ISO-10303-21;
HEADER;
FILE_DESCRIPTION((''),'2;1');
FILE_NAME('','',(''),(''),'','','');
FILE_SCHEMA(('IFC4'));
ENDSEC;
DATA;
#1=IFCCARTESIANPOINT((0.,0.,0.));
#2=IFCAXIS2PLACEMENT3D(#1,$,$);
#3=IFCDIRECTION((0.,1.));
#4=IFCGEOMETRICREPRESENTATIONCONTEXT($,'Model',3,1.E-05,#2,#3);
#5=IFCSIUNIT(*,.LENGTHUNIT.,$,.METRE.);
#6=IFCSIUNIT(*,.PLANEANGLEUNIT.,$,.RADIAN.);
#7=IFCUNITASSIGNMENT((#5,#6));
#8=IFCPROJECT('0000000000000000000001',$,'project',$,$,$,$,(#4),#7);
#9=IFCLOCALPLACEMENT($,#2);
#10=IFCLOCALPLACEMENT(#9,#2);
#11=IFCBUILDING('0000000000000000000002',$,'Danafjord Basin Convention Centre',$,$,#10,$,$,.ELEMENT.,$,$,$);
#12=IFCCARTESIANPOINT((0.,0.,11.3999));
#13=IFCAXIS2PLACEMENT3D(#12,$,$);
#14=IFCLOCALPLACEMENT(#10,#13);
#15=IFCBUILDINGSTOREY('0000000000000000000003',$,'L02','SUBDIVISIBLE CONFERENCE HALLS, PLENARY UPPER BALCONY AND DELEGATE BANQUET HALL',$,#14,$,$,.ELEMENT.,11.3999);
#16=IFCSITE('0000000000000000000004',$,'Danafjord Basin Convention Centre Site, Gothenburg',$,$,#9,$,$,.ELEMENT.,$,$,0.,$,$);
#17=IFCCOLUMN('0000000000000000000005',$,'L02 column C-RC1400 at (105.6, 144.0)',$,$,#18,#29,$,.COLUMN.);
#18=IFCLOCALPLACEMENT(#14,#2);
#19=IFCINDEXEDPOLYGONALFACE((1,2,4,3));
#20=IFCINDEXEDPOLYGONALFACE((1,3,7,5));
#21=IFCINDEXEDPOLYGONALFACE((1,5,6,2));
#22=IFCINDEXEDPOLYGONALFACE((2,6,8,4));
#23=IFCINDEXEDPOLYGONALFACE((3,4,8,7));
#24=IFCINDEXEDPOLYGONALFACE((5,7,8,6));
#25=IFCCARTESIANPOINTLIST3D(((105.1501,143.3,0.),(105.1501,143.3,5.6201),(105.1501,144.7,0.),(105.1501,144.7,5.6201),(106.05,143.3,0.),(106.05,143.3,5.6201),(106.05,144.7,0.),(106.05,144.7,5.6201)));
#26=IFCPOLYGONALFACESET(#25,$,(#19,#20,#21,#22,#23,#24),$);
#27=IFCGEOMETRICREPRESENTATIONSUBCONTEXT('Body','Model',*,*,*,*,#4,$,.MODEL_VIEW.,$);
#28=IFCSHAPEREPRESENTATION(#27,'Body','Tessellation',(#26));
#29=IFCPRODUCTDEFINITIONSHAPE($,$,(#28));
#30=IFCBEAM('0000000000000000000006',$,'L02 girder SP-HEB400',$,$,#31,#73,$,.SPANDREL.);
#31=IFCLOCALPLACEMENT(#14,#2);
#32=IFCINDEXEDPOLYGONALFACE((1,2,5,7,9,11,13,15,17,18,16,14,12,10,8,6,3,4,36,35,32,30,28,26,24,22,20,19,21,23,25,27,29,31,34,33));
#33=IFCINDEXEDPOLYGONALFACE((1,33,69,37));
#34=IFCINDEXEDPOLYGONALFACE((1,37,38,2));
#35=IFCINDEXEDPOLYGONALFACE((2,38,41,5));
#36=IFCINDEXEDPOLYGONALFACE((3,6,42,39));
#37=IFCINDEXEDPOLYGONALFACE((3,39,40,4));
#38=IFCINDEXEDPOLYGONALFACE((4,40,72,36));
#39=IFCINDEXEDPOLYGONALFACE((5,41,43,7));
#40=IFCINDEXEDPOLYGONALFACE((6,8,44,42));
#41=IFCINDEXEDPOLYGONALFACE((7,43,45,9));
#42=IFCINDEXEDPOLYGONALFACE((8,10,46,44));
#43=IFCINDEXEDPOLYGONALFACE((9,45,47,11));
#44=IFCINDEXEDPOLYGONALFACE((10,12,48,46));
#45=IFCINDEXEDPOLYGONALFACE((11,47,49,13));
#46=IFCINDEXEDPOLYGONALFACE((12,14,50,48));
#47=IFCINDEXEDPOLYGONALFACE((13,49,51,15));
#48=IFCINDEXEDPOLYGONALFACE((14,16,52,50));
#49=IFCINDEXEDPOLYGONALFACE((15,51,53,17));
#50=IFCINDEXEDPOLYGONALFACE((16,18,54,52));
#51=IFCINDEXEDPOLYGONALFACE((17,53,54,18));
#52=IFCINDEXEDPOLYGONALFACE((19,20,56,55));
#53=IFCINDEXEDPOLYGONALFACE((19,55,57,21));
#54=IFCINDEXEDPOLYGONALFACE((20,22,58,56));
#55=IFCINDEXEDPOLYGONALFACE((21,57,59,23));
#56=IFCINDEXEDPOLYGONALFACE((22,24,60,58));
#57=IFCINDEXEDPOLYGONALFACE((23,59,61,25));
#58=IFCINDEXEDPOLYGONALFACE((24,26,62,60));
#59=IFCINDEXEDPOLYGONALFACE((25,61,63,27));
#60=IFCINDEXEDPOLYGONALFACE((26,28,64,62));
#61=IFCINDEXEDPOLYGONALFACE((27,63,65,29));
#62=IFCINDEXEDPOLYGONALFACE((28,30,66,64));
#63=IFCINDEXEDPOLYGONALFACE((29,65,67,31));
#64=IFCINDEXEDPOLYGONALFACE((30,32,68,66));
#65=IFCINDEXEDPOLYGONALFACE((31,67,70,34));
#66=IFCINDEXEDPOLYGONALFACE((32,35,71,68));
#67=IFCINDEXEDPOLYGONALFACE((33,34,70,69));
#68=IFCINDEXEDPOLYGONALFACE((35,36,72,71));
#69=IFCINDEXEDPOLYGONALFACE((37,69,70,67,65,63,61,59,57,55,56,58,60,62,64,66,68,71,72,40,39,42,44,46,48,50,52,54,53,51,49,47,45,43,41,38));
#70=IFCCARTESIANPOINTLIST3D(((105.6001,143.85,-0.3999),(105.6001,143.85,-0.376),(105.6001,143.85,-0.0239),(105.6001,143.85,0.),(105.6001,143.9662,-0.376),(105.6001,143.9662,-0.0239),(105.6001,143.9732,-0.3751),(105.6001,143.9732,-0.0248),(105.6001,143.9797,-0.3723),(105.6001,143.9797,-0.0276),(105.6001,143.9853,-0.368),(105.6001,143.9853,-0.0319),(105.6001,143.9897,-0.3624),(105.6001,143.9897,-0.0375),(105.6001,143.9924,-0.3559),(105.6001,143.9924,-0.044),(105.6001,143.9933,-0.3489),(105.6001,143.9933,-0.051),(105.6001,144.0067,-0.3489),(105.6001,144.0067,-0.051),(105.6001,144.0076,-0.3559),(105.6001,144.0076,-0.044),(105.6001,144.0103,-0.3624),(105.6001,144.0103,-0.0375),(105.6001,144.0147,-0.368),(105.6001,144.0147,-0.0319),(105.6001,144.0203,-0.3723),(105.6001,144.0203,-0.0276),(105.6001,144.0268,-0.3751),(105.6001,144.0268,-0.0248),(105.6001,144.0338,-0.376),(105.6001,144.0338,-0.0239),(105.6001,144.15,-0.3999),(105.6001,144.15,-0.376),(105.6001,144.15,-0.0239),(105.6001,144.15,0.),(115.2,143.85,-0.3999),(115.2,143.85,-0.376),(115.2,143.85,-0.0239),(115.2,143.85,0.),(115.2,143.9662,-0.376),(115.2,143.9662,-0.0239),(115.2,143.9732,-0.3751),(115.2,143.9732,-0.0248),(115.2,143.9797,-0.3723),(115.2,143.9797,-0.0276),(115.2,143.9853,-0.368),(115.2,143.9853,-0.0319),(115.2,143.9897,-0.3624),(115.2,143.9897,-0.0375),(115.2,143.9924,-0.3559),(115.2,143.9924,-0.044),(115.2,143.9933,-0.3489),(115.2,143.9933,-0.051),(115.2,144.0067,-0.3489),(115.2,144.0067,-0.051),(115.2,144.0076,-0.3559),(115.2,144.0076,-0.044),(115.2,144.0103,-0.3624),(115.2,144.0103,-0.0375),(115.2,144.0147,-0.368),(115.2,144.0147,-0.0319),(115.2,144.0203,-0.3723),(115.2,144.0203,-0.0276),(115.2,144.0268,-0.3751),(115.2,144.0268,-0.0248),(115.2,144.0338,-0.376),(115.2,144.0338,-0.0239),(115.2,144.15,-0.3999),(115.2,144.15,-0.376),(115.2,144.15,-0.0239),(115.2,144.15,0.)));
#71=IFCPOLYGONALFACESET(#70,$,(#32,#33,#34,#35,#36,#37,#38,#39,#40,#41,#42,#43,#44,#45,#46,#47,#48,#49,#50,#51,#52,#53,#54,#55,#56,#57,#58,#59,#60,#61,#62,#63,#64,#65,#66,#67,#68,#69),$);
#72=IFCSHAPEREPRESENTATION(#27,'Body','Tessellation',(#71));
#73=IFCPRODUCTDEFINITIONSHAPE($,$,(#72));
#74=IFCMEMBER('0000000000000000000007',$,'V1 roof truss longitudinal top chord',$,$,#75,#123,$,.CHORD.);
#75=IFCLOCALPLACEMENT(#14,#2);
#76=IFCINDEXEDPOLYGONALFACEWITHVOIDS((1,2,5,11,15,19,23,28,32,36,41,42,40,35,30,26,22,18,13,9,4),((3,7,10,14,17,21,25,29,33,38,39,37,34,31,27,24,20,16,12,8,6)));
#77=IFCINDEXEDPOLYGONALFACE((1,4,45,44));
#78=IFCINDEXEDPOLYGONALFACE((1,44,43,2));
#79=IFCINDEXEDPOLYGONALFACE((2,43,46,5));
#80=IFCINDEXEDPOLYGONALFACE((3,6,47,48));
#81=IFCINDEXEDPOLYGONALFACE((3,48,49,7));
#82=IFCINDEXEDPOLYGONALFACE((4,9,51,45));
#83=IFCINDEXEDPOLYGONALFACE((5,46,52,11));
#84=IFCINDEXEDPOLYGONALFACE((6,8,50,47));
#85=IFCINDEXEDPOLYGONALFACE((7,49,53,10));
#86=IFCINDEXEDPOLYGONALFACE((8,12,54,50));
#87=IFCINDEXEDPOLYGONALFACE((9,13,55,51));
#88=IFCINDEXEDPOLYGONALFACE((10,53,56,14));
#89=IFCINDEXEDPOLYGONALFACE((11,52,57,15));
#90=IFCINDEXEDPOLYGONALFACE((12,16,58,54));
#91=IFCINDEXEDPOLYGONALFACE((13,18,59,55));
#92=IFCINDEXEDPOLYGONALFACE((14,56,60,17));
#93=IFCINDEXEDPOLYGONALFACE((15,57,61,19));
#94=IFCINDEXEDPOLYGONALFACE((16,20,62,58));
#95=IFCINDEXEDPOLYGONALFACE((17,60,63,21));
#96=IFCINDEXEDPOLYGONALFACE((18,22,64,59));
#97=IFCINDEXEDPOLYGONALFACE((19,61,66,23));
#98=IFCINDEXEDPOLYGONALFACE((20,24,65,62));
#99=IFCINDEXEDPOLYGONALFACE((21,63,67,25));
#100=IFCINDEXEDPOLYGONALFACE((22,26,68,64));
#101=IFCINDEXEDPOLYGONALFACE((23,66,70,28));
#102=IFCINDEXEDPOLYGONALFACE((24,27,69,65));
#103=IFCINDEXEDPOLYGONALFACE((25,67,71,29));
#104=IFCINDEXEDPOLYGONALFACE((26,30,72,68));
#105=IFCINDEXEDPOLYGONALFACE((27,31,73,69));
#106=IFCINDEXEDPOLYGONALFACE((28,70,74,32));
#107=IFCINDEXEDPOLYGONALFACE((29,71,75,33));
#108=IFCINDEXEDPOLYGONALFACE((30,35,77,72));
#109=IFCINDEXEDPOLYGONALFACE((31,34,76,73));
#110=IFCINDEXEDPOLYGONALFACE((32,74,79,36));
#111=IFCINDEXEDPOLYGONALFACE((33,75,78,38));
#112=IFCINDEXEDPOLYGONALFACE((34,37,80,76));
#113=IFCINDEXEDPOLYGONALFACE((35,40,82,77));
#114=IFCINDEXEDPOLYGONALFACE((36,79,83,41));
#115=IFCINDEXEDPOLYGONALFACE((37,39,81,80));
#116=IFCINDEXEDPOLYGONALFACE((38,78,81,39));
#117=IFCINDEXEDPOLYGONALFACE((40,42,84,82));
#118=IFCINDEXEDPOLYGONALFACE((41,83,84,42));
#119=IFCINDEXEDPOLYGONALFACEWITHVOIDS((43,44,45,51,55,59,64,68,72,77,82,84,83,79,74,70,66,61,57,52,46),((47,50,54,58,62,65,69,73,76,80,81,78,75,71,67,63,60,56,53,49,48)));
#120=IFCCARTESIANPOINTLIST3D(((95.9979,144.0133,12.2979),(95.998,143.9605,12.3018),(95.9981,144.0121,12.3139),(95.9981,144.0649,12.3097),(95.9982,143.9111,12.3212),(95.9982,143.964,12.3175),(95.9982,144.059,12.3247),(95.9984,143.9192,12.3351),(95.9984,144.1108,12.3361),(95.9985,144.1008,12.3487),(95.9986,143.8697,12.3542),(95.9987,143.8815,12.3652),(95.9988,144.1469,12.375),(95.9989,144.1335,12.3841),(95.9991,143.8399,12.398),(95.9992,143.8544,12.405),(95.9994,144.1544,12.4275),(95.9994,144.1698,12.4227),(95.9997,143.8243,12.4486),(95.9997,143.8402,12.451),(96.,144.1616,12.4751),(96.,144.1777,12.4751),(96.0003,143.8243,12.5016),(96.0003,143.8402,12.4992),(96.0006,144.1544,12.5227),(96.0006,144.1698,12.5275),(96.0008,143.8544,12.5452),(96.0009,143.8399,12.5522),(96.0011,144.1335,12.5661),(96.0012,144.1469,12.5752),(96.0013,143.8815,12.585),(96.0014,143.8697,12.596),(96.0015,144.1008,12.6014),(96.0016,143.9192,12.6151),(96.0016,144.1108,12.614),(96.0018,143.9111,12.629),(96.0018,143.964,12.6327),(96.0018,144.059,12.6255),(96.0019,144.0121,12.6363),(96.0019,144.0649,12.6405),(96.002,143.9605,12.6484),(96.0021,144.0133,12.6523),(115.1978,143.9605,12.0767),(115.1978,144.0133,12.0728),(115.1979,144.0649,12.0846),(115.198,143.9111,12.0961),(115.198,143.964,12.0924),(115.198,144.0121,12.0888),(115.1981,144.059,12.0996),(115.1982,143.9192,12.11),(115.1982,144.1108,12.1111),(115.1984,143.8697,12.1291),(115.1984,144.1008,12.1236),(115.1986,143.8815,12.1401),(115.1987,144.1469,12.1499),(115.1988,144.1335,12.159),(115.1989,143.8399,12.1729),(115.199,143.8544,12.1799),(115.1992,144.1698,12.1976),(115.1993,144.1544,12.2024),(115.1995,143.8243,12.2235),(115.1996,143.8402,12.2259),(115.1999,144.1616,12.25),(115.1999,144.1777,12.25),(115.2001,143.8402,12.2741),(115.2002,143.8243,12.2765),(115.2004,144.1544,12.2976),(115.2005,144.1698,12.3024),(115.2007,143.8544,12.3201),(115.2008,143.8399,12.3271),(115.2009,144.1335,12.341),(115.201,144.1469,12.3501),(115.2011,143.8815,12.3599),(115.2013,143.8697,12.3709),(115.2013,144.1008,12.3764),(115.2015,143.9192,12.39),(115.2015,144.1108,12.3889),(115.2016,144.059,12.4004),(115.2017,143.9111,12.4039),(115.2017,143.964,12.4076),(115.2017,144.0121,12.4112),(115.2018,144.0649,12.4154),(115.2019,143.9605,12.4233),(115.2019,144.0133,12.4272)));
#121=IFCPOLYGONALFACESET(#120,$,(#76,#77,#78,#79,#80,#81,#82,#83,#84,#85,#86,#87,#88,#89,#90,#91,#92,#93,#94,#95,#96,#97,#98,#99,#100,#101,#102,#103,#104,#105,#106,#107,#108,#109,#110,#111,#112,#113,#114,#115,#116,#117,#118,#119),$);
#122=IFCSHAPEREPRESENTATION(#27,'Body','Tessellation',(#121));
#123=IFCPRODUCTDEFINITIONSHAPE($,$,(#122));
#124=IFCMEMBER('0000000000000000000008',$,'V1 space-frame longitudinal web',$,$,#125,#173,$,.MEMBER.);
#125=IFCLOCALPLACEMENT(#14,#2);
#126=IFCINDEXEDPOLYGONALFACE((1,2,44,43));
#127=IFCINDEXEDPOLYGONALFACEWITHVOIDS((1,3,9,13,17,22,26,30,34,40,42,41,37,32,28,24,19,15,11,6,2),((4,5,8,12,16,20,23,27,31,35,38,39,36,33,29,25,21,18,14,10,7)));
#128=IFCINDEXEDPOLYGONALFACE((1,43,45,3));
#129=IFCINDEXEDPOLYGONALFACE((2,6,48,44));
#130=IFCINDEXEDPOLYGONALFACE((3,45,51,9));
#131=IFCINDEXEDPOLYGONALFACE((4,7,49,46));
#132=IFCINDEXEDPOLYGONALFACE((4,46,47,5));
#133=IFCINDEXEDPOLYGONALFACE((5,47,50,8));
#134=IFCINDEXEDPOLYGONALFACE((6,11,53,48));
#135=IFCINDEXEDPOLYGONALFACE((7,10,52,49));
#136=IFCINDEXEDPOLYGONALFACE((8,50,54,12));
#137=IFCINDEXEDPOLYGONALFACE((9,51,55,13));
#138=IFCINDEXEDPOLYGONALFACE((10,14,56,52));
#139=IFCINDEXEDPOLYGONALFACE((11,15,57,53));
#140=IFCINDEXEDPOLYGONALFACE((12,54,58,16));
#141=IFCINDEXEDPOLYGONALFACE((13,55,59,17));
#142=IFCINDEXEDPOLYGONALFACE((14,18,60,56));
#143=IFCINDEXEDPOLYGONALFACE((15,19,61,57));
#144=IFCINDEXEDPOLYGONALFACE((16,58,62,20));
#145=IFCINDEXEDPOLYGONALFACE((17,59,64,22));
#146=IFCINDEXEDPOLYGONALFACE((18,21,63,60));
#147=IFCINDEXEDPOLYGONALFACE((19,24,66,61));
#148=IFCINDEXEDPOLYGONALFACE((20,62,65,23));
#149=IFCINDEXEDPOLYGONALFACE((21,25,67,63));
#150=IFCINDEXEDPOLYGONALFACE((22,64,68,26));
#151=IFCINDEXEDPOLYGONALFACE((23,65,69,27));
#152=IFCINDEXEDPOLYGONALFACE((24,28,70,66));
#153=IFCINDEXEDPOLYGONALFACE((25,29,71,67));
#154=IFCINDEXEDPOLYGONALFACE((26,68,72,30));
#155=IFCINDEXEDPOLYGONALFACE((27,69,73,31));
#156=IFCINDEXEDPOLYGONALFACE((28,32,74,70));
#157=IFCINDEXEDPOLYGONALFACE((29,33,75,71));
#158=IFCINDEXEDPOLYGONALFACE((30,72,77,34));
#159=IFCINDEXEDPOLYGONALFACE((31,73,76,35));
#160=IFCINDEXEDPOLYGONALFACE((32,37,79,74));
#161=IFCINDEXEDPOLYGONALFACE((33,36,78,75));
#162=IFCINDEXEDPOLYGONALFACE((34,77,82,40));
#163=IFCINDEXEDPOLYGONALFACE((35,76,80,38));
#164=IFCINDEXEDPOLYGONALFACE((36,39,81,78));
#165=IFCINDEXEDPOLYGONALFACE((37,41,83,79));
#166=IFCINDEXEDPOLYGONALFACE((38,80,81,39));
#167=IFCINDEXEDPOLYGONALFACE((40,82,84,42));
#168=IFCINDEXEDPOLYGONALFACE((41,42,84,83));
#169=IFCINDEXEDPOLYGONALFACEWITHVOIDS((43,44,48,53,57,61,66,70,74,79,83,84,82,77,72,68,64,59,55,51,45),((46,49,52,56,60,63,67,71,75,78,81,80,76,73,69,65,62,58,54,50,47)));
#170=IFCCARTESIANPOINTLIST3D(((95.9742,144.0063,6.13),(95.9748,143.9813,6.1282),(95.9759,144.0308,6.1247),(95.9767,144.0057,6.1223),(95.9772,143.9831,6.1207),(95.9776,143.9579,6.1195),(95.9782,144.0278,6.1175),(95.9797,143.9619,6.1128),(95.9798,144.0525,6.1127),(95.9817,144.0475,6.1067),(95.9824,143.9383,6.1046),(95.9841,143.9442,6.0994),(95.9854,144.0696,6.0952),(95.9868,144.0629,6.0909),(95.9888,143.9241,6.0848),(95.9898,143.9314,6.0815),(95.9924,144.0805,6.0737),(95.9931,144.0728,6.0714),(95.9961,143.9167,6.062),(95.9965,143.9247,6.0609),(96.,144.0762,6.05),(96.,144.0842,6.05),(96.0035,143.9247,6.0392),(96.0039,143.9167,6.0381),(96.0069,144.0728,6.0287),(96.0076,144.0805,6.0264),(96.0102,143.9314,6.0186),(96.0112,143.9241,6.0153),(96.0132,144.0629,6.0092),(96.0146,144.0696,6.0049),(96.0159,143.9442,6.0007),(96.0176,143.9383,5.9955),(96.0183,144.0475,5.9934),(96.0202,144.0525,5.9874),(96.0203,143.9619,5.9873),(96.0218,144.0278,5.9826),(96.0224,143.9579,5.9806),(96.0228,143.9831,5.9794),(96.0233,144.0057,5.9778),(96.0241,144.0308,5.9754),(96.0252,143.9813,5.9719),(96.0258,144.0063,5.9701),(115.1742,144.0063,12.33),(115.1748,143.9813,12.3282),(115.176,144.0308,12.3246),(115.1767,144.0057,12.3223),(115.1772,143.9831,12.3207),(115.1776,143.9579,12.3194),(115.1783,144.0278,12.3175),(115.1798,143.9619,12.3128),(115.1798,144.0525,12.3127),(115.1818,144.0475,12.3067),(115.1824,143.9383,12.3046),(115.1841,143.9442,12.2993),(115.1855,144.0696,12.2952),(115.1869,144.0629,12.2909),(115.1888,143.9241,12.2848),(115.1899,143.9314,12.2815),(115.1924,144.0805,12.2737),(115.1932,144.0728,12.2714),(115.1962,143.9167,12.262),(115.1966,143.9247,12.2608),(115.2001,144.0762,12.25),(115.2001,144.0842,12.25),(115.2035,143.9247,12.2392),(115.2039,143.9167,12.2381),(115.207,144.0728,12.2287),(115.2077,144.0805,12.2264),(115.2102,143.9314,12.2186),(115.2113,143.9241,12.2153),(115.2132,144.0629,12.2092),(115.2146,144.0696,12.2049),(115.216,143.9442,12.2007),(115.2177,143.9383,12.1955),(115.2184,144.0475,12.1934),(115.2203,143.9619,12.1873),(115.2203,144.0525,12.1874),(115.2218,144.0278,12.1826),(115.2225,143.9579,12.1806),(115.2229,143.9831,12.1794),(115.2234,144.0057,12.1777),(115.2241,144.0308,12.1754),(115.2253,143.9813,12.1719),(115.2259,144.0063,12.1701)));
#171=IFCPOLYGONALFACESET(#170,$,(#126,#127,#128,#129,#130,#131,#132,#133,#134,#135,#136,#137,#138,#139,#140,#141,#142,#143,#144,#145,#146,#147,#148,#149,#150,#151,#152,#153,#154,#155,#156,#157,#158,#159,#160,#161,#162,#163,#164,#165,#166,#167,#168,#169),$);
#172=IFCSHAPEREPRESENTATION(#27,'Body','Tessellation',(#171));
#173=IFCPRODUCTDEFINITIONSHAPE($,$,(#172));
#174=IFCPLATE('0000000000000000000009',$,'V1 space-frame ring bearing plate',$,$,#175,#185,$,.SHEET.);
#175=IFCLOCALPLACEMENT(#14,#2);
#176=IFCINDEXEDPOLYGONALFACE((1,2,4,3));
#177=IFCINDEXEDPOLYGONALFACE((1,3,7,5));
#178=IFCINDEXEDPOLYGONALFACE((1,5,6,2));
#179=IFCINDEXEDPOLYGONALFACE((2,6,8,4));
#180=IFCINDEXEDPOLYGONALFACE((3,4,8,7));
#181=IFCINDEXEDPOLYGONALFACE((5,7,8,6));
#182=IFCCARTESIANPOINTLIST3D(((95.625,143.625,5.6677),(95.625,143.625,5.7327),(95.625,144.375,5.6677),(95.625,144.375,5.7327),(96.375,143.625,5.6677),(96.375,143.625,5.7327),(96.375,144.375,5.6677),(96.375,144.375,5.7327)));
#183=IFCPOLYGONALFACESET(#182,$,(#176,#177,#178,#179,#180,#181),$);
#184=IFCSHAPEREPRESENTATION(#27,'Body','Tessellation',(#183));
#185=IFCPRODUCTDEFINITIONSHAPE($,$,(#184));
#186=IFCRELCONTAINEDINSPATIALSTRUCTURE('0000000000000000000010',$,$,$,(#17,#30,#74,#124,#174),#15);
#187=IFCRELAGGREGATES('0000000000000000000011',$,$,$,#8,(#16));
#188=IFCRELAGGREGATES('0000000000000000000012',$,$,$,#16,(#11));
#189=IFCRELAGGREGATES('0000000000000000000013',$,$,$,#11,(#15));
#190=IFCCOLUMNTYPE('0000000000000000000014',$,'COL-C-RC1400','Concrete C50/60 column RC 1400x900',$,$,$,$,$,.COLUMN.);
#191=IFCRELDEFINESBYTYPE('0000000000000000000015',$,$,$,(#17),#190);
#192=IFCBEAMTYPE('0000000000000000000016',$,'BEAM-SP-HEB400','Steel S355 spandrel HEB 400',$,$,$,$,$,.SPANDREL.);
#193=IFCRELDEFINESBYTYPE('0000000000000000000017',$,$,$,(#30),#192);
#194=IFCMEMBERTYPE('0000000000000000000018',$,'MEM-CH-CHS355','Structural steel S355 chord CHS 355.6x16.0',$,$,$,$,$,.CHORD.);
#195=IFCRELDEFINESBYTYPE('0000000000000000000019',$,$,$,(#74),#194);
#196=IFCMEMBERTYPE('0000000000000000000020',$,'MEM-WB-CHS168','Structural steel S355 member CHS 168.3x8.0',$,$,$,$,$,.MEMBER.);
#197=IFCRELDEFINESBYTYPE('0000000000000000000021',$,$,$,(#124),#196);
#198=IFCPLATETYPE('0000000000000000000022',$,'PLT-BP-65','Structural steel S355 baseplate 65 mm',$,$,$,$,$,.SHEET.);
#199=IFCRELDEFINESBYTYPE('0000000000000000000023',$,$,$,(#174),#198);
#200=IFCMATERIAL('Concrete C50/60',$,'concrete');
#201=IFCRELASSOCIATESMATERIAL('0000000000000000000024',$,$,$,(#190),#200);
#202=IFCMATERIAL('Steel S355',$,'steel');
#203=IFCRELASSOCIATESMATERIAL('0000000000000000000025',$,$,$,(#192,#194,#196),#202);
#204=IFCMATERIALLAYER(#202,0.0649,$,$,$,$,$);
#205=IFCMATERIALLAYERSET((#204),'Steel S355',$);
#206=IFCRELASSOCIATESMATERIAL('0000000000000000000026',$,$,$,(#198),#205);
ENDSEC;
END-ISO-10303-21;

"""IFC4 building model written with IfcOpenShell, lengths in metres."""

from ifc_helpers import new_model, si_unit, direction, frame, origin, origin_2d, place, context, subcontext, project, spatial, rectangle, hollow_circle, i_section, extrude, material, layer, layer_set, material_profile, profile_set, type_object, element, save


model = new_model("IFC4")

# Units and contexts
model_context = context("Model", 3, precision=1e-05, world=origin(), true_north=direction((0.0, 1.0)))
body_context = subcontext(model_context, "Body", "Model", "MODEL_VIEW")
ifc_project = project(units=[si_unit("LENGTHUNIT", "METRE"), si_unit("PLANEANGLEUNIT", "RADIAN")], contexts=[model_context])

# Site, building, storey
site_placement = place(None, origin())
site = spatial("IfcSite", under=ifc_project, at=site_placement, Name="Danafjord Basin Convention Centre Site, Gothenburg", CompositionType="ELEMENT", RefElevation=0.0)
building_placement = place(site_placement, origin())
building = spatial("IfcBuilding", under=site, at=building_placement, Name="Danafjord Basin Convention Centre", CompositionType="ELEMENT")
storey_placement = place(building_placement, frame((0.0, 0.0, 11.3999)))
storey = spatial("IfcBuildingStorey", under=building, at=storey_placement, Name="L02", Description="SUBDIVISIBLE CONFERENCE HALLS, PLENARY UPPER BALCONY AND DELEGATE BANQUET HALL", CompositionType="ELEMENT", Elevation=11.3999)

# Column
ifc_material_1 = material(Name="Concrete C50/60", Category="concrete")
ifc_material_profile_1 = material_profile(ifc_material_1, rectangle(XDim=0.8999, YDim=1.3999, at=origin_2d()), Name="RC 1400x900")
ifc_profile_set_1 = profile_set([ifc_material_profile_1], Name="Concrete C50/60")
column_type = type_object("IfcColumnType", Name="COL-C-RC1400", Description="Concrete C50/60 column RC 1400x900", PredefinedType="COLUMN", material=ifc_profile_set_1)
column_placement = place(storey_placement, frame((105.6001, 144.0, 0.0), z_axis=(0.0, 0.0, 1.0), x_axis=(1.0, 0.0, 0.0)))
element("IfcColumn", 1, at=column_placement, inside=storey, type_object=column_type, Name="L02 column C-RC1400 at (105.6, 144.0)", PredefinedType="COLUMN", context=body_context, shape_type="SweptSolid", body=[
    extrude(rectangle(XDim=0.8999, YDim=1.3999, at=origin_2d()), origin(), (0.0, 0.0, 1.0), 5.6201),
])

# Beam
ifc_material_2 = material(Name="Steel S355", Category="steel")
ifc_material_profile_2 = material_profile(ifc_material_2, i_section(OverallWidth=0.3, OverallDepth=0.3999, WebThickness=0.0134, FlangeThickness=0.0239, FilletRadius=0.0271, at=origin_2d()), Name="HEB 400")
ifc_profile_set_2 = profile_set([ifc_material_profile_2], Name="Steel S355")
beam_type = type_object("IfcBeamType", Name="BEAM-SP-HEB400", Description="Steel S355 spandrel HEB 400", PredefinedType="SPANDREL", material=ifc_profile_set_2)
beam_placement = place(storey_placement, frame((105.6001, 144.0, -0.2), z_axis=(1.0, 0.0, 0.0), x_axis=(0.0, 1.0, 0.0)))
element("IfcBeam", 2, at=beam_placement, inside=storey, type_object=beam_type, Name="L02 girder SP-HEB400", PredefinedType="SPANDREL", context=body_context, shape_type="SweptSolid", body=[
    extrude(i_section(OverallWidth=0.3, OverallDepth=0.3999, WebThickness=0.0134, FlangeThickness=0.0239, FilletRadius=0.0271, at=origin_2d()), origin(), (0.0, 0.0, 1.0), 9.5999),
])

# Members
ifc_material_profile_3 = material_profile(ifc_material_2, hollow_circle(Radius=0.1777, WallThickness=0.0161, at=origin_2d()), Name="CHS 355.6x16.0")
ifc_profile_set_3 = profile_set([ifc_material_profile_3], Name="Steel S355")
member_type_1 = type_object("IfcMemberType", Name="MEM-CH-CHS355", Description="Structural steel S355 chord CHS 355.6x16.0", PredefinedType="CHORD", material=ifc_profile_set_3)
member_1_placement = place(storey_placement, frame((96.0, 144.0, 12.4751), z_axis=(0.999931, 0.0, -0.011723), x_axis=(0.0, 1.0, 0.0)))
element("IfcMember", 3, at=member_1_placement, inside=storey, type_object=member_type_1, Name="V1 roof truss longitudinal top chord", PredefinedType="CHORD", context=body_context, shape_type="SweptSolid", body=[
    extrude(hollow_circle(Radius=0.1777, WallThickness=0.0161, at=origin_2d()), origin(), (0.0, 0.0, 1.0), 19.2012),
])
ifc_material_profile_4 = material_profile(ifc_material_2, hollow_circle(Radius=0.0842, WallThickness=0.0081, at=origin_2d()), Name="CHS 168.3x8.0")
ifc_profile_set_4 = profile_set([ifc_material_profile_4], Name="Steel S355")
member_type_2 = type_object("IfcMemberType", Name="MEM-WB-CHS168", Description="Structural steel S355 member CHS 168.3x8.0", PredefinedType="MEMBER", material=ifc_profile_set_4)
member_2_placement = place(storey_placement, frame((96.0, 144.0, 6.05), z_axis=(0.951616, 0.0, 0.307291), x_axis=(0.0, 1.0, 0.0)))
element("IfcMember", 4, at=member_2_placement, inside=storey, type_object=member_type_2, Name="V1 space-frame longitudinal web", PredefinedType="MEMBER", context=body_context, shape_type="SweptSolid", body=[
    extrude(hollow_circle(Radius=0.0842, WallThickness=0.0081, at=origin_2d()), origin(), (0.0, 0.0, 1.0), 20.1763),
])

# Plate
ifc_layer_1 = layer(ifc_material_2, 0.0649)
ifc_layer_set_1 = layer_set([ifc_layer_1], Name="Steel S355")
plate_type = type_object("IfcPlateType", Name="PLT-BP-65", Description="Structural steel S355 baseplate 65 mm", PredefinedType="SHEET", material=ifc_layer_set_1)
plate_placement = place(storey_placement, frame((96.0, 144.0, 5.6677), z_axis=(0.0, 0.0, 1.0), x_axis=(1.0, 0.0, 0.0)))
element("IfcPlate", 5, at=plate_placement, inside=storey, type_object=plate_type, Name="V1 space-frame ring bearing plate", PredefinedType="SHEET", context=body_context, shape_type="SweptSolid", body=[
    extrude(rectangle(XDim=0.75, YDim=0.75, at=origin_2d()), origin(), (0.0, 0.0, 1.0), 0.0649),
])

save(model, "model.ifc")
